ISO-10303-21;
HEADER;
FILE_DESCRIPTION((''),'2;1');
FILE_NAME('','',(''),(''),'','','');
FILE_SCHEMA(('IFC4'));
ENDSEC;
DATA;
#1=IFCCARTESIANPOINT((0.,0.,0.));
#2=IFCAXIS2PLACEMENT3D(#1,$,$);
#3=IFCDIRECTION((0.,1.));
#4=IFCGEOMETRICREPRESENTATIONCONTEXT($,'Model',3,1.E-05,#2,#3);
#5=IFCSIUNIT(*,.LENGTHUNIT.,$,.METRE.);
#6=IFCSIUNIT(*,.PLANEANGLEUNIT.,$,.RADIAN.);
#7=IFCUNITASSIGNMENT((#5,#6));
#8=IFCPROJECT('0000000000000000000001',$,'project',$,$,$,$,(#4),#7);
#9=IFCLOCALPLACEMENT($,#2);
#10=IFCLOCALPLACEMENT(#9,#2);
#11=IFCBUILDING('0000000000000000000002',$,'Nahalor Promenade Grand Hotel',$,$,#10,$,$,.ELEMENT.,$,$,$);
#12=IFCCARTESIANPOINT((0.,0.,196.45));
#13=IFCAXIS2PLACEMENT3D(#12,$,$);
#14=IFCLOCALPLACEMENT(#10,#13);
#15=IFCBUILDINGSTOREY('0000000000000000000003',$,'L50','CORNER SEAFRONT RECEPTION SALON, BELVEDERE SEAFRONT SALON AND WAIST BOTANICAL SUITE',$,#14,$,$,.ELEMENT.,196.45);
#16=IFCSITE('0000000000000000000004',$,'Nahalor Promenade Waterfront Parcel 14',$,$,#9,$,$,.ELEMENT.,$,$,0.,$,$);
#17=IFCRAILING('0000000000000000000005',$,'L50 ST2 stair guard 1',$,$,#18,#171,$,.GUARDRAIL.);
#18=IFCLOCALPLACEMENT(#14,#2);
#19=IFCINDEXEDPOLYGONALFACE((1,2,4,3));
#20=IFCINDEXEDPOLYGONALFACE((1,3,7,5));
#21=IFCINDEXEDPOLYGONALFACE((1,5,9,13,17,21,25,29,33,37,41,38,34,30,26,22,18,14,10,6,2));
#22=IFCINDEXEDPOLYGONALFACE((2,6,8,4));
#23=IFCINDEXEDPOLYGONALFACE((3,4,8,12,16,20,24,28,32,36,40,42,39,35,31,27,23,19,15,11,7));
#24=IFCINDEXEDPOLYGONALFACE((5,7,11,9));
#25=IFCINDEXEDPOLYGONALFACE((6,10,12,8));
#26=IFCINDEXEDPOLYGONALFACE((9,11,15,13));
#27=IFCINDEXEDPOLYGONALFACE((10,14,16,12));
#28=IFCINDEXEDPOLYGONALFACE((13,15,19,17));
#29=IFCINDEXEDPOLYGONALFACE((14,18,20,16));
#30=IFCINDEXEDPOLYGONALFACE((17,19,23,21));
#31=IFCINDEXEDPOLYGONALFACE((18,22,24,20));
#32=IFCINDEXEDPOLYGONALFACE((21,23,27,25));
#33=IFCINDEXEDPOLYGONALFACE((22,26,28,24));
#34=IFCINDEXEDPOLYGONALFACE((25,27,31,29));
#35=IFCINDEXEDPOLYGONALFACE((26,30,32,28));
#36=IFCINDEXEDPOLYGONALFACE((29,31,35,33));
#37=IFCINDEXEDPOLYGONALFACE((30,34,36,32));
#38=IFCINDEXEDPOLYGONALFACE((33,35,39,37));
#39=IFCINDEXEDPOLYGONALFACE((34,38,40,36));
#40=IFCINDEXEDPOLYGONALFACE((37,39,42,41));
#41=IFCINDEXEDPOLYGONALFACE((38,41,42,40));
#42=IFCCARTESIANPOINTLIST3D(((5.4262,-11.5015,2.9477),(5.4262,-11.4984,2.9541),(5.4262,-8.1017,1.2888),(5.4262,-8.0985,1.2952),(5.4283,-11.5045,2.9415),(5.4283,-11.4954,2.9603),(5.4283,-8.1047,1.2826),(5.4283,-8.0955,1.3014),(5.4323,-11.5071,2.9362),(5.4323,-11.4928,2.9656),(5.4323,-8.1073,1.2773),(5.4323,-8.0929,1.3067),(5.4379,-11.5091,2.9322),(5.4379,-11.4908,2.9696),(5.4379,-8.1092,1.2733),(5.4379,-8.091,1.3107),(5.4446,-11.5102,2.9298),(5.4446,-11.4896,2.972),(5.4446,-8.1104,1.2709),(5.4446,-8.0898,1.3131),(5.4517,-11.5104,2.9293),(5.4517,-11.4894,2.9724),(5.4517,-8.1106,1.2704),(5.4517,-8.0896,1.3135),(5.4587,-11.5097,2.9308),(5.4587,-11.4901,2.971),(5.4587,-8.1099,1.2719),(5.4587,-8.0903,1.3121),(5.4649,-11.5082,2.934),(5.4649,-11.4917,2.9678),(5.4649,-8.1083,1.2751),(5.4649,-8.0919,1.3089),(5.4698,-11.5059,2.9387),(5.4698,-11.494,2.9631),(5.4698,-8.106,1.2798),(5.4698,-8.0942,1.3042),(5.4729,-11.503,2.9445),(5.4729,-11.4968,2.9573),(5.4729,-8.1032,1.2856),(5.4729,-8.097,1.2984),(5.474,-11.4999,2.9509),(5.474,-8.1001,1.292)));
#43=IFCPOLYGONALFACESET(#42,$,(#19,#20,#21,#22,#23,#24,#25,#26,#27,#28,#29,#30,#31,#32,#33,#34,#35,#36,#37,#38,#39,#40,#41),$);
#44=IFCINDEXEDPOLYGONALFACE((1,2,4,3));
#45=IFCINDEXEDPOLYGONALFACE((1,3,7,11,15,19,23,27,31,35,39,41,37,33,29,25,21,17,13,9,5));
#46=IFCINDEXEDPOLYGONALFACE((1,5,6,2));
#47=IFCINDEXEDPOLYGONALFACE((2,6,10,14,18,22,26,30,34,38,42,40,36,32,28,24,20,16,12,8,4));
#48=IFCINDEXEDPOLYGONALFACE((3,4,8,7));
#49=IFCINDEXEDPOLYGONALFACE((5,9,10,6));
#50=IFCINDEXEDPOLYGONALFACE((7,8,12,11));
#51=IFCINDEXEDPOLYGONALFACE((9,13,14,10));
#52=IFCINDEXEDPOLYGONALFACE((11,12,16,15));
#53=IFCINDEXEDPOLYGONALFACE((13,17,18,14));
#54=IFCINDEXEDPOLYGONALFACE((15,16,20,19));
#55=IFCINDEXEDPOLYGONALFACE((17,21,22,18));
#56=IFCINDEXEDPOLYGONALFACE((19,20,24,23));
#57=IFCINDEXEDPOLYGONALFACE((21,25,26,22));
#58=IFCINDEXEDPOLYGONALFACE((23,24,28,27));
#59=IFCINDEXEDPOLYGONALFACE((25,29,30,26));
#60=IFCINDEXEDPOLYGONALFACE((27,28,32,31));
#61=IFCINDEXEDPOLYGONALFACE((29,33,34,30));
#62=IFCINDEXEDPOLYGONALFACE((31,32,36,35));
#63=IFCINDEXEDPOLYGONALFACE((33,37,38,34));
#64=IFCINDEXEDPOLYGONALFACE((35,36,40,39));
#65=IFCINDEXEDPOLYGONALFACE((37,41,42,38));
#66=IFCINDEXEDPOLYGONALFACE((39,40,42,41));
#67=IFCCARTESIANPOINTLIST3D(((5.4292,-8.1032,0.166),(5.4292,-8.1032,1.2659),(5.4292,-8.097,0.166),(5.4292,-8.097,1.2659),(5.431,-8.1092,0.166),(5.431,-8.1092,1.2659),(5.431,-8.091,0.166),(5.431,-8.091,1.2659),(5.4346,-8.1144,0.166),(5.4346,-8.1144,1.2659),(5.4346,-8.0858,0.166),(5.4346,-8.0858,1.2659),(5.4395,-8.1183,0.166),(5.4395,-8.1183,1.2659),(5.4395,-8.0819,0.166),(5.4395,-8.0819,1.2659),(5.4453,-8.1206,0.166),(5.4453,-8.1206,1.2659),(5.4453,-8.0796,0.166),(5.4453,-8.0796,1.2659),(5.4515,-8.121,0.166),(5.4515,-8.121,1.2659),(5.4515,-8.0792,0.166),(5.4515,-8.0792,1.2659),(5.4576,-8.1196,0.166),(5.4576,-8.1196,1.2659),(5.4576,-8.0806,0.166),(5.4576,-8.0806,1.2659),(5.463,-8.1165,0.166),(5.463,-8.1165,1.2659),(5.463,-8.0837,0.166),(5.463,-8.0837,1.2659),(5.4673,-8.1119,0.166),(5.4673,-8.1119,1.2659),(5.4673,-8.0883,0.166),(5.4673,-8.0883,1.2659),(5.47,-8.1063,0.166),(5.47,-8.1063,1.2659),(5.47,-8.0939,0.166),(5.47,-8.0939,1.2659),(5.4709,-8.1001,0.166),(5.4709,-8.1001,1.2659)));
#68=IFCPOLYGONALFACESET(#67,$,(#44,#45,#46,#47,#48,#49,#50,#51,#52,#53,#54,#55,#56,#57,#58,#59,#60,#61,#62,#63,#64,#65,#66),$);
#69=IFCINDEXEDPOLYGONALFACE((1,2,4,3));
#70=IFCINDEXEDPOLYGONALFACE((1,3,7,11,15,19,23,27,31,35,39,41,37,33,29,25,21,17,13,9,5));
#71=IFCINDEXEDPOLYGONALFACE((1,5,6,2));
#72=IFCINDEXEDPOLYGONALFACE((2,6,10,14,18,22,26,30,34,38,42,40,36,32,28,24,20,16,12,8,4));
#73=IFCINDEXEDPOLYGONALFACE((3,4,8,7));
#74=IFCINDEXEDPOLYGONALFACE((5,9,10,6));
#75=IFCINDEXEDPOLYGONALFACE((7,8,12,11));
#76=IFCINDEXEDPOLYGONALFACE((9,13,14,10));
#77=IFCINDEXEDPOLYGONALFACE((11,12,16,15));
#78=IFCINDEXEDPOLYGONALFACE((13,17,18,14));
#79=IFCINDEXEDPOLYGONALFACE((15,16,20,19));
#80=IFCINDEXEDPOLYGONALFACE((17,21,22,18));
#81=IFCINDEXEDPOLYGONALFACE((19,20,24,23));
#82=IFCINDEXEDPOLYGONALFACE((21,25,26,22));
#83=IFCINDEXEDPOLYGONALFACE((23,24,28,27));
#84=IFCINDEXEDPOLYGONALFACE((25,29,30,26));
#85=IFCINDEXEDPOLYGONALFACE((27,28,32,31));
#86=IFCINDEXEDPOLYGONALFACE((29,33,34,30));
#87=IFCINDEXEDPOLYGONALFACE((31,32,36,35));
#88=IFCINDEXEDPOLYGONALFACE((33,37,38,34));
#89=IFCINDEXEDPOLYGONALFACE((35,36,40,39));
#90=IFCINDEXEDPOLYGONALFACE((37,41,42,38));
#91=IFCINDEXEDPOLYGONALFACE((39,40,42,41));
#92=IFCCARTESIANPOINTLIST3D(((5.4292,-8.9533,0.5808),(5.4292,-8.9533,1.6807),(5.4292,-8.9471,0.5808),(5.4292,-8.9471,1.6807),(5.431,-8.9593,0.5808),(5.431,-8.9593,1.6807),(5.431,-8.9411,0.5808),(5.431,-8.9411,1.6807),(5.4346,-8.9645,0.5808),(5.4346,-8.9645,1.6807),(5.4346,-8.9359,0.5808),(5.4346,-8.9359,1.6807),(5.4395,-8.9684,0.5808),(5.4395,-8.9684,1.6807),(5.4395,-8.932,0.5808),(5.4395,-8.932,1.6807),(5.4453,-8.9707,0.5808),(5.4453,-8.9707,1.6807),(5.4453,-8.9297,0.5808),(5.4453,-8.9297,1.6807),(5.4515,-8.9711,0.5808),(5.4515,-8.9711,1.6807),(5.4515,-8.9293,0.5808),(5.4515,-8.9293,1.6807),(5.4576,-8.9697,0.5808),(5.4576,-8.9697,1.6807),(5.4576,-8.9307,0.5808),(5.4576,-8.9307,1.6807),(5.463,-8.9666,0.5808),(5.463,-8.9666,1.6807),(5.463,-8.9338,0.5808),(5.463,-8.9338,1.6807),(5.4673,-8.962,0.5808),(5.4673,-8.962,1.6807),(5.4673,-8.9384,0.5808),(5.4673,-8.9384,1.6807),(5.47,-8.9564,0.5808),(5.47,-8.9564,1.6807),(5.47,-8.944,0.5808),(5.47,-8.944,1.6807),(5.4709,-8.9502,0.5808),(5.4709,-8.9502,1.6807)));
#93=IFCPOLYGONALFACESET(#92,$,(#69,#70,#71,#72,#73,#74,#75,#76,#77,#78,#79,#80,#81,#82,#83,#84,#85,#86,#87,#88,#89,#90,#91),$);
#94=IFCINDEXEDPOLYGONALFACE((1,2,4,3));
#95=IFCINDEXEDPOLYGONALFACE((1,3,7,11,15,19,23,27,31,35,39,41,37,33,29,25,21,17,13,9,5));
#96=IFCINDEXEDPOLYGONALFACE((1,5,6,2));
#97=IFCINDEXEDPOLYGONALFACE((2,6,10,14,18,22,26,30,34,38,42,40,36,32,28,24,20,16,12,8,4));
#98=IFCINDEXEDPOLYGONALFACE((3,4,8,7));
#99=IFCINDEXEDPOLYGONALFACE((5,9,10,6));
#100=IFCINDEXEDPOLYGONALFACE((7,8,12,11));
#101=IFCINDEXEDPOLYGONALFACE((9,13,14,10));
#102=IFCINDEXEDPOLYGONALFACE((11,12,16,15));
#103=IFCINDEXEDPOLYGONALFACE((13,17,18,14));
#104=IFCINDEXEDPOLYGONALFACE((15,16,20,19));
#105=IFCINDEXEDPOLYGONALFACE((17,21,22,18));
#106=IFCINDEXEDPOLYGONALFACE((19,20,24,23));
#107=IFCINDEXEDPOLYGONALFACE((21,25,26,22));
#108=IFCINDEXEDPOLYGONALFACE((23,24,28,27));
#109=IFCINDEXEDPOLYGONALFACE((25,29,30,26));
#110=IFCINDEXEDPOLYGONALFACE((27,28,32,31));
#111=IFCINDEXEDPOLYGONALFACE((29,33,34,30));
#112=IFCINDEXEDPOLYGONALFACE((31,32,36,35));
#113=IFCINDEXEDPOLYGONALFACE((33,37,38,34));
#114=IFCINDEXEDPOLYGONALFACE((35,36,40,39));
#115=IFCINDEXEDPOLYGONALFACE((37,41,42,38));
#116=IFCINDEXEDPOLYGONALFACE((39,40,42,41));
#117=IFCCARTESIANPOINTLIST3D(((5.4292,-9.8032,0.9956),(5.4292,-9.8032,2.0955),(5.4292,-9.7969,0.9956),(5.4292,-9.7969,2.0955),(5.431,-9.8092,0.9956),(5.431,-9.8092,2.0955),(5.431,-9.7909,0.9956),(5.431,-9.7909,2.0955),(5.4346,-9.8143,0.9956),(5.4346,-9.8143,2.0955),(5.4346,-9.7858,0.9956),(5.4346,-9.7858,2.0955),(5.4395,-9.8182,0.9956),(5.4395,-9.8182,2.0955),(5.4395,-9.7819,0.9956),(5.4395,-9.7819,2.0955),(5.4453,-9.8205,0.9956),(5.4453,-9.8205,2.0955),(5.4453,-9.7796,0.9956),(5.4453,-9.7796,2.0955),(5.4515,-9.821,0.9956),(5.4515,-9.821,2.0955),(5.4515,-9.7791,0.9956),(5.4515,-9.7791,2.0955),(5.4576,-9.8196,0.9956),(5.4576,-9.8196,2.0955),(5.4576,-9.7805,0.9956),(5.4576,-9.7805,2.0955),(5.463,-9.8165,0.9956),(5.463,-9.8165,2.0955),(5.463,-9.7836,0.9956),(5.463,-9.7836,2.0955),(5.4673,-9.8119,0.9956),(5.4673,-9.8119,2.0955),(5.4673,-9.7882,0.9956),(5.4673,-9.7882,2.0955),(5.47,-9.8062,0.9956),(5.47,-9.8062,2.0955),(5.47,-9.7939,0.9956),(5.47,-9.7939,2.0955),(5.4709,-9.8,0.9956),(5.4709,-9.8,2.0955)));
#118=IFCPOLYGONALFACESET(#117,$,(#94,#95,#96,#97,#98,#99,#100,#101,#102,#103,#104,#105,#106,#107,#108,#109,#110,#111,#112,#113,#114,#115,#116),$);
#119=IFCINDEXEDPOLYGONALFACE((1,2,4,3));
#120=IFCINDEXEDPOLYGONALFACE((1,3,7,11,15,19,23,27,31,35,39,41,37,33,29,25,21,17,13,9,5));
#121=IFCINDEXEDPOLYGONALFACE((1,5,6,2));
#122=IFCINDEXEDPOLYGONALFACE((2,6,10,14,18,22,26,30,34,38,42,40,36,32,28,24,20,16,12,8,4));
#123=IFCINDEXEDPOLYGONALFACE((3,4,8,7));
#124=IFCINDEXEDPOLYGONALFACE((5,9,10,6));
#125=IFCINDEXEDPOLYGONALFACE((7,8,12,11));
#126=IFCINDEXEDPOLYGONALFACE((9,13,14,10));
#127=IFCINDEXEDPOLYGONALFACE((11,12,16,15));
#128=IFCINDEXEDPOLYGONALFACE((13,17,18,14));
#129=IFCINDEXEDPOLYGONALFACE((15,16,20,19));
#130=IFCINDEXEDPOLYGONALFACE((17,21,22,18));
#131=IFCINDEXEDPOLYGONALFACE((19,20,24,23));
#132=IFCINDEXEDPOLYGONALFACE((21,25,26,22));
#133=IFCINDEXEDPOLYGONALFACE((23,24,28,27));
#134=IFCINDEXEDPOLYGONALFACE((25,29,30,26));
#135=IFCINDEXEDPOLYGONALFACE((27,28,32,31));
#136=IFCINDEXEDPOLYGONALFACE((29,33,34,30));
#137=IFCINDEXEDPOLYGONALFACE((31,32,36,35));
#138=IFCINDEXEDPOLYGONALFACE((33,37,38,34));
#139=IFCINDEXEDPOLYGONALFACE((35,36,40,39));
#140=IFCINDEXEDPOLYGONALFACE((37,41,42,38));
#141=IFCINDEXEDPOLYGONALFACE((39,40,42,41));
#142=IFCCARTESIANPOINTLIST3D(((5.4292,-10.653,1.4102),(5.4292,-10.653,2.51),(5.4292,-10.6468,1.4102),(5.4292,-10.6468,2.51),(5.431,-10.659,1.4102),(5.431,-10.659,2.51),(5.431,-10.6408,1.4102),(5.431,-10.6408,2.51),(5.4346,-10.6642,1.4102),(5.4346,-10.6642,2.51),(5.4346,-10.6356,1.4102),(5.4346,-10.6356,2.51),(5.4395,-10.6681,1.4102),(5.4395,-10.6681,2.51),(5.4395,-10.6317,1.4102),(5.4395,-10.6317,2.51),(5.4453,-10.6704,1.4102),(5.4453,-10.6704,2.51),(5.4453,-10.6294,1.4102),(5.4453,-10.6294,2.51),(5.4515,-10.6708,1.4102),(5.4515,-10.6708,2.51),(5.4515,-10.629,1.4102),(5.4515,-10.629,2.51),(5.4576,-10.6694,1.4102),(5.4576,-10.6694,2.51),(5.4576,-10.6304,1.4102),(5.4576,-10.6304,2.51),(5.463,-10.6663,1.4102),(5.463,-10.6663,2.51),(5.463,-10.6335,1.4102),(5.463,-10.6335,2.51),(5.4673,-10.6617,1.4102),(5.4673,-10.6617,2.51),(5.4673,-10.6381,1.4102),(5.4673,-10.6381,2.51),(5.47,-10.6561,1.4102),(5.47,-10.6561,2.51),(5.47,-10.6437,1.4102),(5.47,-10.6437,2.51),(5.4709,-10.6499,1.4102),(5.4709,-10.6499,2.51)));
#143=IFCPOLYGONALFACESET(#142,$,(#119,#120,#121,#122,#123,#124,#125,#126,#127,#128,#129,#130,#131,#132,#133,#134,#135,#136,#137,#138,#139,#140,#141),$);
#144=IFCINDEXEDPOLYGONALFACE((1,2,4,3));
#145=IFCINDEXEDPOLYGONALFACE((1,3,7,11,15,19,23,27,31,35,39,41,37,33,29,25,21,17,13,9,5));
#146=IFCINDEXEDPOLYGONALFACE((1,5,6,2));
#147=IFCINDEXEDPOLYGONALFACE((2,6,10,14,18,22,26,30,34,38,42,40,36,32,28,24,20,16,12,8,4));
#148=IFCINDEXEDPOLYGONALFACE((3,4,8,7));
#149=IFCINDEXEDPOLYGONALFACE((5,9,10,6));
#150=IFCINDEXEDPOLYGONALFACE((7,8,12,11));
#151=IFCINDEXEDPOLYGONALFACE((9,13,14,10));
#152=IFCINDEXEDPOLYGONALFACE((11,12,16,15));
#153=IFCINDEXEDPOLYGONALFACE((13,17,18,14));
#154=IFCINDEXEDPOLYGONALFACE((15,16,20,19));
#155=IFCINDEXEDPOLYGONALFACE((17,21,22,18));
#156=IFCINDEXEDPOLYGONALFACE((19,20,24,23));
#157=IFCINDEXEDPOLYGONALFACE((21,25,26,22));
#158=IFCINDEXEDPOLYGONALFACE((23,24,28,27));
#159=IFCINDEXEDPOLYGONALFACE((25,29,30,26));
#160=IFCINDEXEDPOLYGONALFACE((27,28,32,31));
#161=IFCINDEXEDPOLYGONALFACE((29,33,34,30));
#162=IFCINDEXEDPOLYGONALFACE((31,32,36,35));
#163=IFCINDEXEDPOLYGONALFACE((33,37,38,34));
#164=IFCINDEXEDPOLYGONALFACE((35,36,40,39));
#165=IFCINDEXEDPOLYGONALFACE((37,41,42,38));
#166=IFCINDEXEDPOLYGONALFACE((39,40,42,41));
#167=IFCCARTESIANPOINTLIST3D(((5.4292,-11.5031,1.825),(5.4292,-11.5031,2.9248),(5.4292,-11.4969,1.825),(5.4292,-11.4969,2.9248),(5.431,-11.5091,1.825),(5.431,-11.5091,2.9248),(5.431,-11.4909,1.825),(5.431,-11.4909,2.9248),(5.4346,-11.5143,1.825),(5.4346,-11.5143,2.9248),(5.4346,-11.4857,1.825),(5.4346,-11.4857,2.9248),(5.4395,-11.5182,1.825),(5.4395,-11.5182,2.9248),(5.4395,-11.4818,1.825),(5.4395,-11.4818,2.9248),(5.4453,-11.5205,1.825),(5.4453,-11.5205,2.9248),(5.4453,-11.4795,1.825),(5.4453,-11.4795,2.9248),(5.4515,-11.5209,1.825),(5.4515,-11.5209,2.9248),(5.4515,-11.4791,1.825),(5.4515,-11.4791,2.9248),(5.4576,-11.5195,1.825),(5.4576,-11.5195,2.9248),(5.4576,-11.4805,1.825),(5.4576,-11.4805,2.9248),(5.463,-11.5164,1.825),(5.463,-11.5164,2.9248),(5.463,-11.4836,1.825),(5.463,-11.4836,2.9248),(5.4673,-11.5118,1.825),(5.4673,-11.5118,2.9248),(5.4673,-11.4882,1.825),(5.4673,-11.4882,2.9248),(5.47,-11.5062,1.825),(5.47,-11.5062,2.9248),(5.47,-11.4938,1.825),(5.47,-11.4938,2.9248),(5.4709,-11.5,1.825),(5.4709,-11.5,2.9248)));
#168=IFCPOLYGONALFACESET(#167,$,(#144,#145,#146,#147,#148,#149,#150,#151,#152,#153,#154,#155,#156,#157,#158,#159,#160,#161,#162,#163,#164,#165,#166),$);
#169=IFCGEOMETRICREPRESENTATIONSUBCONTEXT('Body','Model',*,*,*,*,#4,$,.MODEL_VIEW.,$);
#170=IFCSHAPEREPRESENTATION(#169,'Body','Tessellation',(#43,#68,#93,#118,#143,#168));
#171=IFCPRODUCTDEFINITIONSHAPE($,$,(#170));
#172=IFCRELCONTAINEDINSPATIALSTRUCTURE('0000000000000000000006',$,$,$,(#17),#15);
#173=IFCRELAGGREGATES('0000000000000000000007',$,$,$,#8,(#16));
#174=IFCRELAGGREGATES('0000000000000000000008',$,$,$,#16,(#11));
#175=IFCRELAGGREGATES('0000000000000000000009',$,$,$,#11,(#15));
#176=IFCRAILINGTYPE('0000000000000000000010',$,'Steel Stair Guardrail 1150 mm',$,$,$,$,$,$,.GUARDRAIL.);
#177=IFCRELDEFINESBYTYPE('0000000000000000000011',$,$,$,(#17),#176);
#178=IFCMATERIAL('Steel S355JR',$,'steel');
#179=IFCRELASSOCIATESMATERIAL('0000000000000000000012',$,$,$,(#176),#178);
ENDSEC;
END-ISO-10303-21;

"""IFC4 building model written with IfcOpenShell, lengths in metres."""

from ifc_helpers import new_model, si_unit, direction, frame, origin, origin_2d, place, context, subcontext, project, spatial, circle, extrude, material, type_object, element, save


model = new_model("IFC4")

# Units and contexts
model_context = context("Model", 3, precision=1e-05, world=origin(), true_north=direction((0.0, 1.0)))
body_context = subcontext(model_context, "Body", "Model", "MODEL_VIEW")
ifc_project = project(units=[si_unit("LENGTHUNIT", "METRE"), si_unit("PLANEANGLEUNIT", "RADIAN")], contexts=[model_context])

# Site, building, storey
site_placement = place(None, origin())
site = spatial("IfcSite", under=ifc_project, at=site_placement, Name="Nahalor Promenade Waterfront Parcel 14", CompositionType="ELEMENT", RefElevation=0.0)
building_placement = place(site_placement, origin())
building = spatial("IfcBuilding", under=site, at=building_placement, Name="Nahalor Promenade Grand Hotel", CompositionType="ELEMENT")
storey_placement = place(building_placement, frame((0.0, 0.0, 196.45)))
storey = spatial("IfcBuildingStorey", under=building, at=storey_placement, Name="L50", Description="CORNER SEAFRONT RECEPTION SALON, BELVEDERE SEAFRONT SALON AND WAIST BOTANICAL SUITE", CompositionType="ELEMENT", Elevation=196.45)

# Shared definitions
ifc_material_1 = material(Name="Steel S355JR", Category="steel")

# Railing
railing_type_1 = type_object("IfcRailingType", Name="Steel Stair Guardrail 1150 mm", PredefinedType="GUARDRAIL", material=ifc_material_1)
railing_1_placement = place(storey_placement, frame((5.45, -8.1001, 0.166)))
element("IfcRailing", 1, at=railing_1_placement, inside=storey, type_object=railing_type_1, Name="L50 ST2 stair guard 1", PredefinedType="GUARDRAIL", context=body_context, shape_type="SweptSolid", body=[
    extrude(circle(Radius=0.024, at=origin_2d()), frame((0.0, 0.0, 1.126), z_axis=(0.0, -0.898722, 0.438519), x_axis=(1.0, 0.0, 0.0)), (0.0, 0.0, 1.0), 3.783),
    extrude(circle(Radius=0.021, at=origin_2d()), origin(), (0.0, 0.0, 1.0), 1.0999),
    extrude(circle(Radius=0.021, at=origin_2d()), frame((0.0, -0.8501, 0.4148)), (0.0, 0.0, 1.0), 1.0999),
    extrude(circle(Radius=0.021, at=origin_2d()), frame((0.0, -1.7, 0.8296)), (0.0, 0.0, 1.0), 1.0999),
    extrude(circle(Radius=0.021, at=origin_2d()), frame((0.0, -2.5498, 1.2441)), (0.0, 0.0, 1.0), 1.0999),
    extrude(circle(Radius=0.021, at=origin_2d()), frame((0.0, -3.3999, 1.6589)), (0.0, 0.0, 1.0), 1.0999),
])

save(model, "model.ifc")
